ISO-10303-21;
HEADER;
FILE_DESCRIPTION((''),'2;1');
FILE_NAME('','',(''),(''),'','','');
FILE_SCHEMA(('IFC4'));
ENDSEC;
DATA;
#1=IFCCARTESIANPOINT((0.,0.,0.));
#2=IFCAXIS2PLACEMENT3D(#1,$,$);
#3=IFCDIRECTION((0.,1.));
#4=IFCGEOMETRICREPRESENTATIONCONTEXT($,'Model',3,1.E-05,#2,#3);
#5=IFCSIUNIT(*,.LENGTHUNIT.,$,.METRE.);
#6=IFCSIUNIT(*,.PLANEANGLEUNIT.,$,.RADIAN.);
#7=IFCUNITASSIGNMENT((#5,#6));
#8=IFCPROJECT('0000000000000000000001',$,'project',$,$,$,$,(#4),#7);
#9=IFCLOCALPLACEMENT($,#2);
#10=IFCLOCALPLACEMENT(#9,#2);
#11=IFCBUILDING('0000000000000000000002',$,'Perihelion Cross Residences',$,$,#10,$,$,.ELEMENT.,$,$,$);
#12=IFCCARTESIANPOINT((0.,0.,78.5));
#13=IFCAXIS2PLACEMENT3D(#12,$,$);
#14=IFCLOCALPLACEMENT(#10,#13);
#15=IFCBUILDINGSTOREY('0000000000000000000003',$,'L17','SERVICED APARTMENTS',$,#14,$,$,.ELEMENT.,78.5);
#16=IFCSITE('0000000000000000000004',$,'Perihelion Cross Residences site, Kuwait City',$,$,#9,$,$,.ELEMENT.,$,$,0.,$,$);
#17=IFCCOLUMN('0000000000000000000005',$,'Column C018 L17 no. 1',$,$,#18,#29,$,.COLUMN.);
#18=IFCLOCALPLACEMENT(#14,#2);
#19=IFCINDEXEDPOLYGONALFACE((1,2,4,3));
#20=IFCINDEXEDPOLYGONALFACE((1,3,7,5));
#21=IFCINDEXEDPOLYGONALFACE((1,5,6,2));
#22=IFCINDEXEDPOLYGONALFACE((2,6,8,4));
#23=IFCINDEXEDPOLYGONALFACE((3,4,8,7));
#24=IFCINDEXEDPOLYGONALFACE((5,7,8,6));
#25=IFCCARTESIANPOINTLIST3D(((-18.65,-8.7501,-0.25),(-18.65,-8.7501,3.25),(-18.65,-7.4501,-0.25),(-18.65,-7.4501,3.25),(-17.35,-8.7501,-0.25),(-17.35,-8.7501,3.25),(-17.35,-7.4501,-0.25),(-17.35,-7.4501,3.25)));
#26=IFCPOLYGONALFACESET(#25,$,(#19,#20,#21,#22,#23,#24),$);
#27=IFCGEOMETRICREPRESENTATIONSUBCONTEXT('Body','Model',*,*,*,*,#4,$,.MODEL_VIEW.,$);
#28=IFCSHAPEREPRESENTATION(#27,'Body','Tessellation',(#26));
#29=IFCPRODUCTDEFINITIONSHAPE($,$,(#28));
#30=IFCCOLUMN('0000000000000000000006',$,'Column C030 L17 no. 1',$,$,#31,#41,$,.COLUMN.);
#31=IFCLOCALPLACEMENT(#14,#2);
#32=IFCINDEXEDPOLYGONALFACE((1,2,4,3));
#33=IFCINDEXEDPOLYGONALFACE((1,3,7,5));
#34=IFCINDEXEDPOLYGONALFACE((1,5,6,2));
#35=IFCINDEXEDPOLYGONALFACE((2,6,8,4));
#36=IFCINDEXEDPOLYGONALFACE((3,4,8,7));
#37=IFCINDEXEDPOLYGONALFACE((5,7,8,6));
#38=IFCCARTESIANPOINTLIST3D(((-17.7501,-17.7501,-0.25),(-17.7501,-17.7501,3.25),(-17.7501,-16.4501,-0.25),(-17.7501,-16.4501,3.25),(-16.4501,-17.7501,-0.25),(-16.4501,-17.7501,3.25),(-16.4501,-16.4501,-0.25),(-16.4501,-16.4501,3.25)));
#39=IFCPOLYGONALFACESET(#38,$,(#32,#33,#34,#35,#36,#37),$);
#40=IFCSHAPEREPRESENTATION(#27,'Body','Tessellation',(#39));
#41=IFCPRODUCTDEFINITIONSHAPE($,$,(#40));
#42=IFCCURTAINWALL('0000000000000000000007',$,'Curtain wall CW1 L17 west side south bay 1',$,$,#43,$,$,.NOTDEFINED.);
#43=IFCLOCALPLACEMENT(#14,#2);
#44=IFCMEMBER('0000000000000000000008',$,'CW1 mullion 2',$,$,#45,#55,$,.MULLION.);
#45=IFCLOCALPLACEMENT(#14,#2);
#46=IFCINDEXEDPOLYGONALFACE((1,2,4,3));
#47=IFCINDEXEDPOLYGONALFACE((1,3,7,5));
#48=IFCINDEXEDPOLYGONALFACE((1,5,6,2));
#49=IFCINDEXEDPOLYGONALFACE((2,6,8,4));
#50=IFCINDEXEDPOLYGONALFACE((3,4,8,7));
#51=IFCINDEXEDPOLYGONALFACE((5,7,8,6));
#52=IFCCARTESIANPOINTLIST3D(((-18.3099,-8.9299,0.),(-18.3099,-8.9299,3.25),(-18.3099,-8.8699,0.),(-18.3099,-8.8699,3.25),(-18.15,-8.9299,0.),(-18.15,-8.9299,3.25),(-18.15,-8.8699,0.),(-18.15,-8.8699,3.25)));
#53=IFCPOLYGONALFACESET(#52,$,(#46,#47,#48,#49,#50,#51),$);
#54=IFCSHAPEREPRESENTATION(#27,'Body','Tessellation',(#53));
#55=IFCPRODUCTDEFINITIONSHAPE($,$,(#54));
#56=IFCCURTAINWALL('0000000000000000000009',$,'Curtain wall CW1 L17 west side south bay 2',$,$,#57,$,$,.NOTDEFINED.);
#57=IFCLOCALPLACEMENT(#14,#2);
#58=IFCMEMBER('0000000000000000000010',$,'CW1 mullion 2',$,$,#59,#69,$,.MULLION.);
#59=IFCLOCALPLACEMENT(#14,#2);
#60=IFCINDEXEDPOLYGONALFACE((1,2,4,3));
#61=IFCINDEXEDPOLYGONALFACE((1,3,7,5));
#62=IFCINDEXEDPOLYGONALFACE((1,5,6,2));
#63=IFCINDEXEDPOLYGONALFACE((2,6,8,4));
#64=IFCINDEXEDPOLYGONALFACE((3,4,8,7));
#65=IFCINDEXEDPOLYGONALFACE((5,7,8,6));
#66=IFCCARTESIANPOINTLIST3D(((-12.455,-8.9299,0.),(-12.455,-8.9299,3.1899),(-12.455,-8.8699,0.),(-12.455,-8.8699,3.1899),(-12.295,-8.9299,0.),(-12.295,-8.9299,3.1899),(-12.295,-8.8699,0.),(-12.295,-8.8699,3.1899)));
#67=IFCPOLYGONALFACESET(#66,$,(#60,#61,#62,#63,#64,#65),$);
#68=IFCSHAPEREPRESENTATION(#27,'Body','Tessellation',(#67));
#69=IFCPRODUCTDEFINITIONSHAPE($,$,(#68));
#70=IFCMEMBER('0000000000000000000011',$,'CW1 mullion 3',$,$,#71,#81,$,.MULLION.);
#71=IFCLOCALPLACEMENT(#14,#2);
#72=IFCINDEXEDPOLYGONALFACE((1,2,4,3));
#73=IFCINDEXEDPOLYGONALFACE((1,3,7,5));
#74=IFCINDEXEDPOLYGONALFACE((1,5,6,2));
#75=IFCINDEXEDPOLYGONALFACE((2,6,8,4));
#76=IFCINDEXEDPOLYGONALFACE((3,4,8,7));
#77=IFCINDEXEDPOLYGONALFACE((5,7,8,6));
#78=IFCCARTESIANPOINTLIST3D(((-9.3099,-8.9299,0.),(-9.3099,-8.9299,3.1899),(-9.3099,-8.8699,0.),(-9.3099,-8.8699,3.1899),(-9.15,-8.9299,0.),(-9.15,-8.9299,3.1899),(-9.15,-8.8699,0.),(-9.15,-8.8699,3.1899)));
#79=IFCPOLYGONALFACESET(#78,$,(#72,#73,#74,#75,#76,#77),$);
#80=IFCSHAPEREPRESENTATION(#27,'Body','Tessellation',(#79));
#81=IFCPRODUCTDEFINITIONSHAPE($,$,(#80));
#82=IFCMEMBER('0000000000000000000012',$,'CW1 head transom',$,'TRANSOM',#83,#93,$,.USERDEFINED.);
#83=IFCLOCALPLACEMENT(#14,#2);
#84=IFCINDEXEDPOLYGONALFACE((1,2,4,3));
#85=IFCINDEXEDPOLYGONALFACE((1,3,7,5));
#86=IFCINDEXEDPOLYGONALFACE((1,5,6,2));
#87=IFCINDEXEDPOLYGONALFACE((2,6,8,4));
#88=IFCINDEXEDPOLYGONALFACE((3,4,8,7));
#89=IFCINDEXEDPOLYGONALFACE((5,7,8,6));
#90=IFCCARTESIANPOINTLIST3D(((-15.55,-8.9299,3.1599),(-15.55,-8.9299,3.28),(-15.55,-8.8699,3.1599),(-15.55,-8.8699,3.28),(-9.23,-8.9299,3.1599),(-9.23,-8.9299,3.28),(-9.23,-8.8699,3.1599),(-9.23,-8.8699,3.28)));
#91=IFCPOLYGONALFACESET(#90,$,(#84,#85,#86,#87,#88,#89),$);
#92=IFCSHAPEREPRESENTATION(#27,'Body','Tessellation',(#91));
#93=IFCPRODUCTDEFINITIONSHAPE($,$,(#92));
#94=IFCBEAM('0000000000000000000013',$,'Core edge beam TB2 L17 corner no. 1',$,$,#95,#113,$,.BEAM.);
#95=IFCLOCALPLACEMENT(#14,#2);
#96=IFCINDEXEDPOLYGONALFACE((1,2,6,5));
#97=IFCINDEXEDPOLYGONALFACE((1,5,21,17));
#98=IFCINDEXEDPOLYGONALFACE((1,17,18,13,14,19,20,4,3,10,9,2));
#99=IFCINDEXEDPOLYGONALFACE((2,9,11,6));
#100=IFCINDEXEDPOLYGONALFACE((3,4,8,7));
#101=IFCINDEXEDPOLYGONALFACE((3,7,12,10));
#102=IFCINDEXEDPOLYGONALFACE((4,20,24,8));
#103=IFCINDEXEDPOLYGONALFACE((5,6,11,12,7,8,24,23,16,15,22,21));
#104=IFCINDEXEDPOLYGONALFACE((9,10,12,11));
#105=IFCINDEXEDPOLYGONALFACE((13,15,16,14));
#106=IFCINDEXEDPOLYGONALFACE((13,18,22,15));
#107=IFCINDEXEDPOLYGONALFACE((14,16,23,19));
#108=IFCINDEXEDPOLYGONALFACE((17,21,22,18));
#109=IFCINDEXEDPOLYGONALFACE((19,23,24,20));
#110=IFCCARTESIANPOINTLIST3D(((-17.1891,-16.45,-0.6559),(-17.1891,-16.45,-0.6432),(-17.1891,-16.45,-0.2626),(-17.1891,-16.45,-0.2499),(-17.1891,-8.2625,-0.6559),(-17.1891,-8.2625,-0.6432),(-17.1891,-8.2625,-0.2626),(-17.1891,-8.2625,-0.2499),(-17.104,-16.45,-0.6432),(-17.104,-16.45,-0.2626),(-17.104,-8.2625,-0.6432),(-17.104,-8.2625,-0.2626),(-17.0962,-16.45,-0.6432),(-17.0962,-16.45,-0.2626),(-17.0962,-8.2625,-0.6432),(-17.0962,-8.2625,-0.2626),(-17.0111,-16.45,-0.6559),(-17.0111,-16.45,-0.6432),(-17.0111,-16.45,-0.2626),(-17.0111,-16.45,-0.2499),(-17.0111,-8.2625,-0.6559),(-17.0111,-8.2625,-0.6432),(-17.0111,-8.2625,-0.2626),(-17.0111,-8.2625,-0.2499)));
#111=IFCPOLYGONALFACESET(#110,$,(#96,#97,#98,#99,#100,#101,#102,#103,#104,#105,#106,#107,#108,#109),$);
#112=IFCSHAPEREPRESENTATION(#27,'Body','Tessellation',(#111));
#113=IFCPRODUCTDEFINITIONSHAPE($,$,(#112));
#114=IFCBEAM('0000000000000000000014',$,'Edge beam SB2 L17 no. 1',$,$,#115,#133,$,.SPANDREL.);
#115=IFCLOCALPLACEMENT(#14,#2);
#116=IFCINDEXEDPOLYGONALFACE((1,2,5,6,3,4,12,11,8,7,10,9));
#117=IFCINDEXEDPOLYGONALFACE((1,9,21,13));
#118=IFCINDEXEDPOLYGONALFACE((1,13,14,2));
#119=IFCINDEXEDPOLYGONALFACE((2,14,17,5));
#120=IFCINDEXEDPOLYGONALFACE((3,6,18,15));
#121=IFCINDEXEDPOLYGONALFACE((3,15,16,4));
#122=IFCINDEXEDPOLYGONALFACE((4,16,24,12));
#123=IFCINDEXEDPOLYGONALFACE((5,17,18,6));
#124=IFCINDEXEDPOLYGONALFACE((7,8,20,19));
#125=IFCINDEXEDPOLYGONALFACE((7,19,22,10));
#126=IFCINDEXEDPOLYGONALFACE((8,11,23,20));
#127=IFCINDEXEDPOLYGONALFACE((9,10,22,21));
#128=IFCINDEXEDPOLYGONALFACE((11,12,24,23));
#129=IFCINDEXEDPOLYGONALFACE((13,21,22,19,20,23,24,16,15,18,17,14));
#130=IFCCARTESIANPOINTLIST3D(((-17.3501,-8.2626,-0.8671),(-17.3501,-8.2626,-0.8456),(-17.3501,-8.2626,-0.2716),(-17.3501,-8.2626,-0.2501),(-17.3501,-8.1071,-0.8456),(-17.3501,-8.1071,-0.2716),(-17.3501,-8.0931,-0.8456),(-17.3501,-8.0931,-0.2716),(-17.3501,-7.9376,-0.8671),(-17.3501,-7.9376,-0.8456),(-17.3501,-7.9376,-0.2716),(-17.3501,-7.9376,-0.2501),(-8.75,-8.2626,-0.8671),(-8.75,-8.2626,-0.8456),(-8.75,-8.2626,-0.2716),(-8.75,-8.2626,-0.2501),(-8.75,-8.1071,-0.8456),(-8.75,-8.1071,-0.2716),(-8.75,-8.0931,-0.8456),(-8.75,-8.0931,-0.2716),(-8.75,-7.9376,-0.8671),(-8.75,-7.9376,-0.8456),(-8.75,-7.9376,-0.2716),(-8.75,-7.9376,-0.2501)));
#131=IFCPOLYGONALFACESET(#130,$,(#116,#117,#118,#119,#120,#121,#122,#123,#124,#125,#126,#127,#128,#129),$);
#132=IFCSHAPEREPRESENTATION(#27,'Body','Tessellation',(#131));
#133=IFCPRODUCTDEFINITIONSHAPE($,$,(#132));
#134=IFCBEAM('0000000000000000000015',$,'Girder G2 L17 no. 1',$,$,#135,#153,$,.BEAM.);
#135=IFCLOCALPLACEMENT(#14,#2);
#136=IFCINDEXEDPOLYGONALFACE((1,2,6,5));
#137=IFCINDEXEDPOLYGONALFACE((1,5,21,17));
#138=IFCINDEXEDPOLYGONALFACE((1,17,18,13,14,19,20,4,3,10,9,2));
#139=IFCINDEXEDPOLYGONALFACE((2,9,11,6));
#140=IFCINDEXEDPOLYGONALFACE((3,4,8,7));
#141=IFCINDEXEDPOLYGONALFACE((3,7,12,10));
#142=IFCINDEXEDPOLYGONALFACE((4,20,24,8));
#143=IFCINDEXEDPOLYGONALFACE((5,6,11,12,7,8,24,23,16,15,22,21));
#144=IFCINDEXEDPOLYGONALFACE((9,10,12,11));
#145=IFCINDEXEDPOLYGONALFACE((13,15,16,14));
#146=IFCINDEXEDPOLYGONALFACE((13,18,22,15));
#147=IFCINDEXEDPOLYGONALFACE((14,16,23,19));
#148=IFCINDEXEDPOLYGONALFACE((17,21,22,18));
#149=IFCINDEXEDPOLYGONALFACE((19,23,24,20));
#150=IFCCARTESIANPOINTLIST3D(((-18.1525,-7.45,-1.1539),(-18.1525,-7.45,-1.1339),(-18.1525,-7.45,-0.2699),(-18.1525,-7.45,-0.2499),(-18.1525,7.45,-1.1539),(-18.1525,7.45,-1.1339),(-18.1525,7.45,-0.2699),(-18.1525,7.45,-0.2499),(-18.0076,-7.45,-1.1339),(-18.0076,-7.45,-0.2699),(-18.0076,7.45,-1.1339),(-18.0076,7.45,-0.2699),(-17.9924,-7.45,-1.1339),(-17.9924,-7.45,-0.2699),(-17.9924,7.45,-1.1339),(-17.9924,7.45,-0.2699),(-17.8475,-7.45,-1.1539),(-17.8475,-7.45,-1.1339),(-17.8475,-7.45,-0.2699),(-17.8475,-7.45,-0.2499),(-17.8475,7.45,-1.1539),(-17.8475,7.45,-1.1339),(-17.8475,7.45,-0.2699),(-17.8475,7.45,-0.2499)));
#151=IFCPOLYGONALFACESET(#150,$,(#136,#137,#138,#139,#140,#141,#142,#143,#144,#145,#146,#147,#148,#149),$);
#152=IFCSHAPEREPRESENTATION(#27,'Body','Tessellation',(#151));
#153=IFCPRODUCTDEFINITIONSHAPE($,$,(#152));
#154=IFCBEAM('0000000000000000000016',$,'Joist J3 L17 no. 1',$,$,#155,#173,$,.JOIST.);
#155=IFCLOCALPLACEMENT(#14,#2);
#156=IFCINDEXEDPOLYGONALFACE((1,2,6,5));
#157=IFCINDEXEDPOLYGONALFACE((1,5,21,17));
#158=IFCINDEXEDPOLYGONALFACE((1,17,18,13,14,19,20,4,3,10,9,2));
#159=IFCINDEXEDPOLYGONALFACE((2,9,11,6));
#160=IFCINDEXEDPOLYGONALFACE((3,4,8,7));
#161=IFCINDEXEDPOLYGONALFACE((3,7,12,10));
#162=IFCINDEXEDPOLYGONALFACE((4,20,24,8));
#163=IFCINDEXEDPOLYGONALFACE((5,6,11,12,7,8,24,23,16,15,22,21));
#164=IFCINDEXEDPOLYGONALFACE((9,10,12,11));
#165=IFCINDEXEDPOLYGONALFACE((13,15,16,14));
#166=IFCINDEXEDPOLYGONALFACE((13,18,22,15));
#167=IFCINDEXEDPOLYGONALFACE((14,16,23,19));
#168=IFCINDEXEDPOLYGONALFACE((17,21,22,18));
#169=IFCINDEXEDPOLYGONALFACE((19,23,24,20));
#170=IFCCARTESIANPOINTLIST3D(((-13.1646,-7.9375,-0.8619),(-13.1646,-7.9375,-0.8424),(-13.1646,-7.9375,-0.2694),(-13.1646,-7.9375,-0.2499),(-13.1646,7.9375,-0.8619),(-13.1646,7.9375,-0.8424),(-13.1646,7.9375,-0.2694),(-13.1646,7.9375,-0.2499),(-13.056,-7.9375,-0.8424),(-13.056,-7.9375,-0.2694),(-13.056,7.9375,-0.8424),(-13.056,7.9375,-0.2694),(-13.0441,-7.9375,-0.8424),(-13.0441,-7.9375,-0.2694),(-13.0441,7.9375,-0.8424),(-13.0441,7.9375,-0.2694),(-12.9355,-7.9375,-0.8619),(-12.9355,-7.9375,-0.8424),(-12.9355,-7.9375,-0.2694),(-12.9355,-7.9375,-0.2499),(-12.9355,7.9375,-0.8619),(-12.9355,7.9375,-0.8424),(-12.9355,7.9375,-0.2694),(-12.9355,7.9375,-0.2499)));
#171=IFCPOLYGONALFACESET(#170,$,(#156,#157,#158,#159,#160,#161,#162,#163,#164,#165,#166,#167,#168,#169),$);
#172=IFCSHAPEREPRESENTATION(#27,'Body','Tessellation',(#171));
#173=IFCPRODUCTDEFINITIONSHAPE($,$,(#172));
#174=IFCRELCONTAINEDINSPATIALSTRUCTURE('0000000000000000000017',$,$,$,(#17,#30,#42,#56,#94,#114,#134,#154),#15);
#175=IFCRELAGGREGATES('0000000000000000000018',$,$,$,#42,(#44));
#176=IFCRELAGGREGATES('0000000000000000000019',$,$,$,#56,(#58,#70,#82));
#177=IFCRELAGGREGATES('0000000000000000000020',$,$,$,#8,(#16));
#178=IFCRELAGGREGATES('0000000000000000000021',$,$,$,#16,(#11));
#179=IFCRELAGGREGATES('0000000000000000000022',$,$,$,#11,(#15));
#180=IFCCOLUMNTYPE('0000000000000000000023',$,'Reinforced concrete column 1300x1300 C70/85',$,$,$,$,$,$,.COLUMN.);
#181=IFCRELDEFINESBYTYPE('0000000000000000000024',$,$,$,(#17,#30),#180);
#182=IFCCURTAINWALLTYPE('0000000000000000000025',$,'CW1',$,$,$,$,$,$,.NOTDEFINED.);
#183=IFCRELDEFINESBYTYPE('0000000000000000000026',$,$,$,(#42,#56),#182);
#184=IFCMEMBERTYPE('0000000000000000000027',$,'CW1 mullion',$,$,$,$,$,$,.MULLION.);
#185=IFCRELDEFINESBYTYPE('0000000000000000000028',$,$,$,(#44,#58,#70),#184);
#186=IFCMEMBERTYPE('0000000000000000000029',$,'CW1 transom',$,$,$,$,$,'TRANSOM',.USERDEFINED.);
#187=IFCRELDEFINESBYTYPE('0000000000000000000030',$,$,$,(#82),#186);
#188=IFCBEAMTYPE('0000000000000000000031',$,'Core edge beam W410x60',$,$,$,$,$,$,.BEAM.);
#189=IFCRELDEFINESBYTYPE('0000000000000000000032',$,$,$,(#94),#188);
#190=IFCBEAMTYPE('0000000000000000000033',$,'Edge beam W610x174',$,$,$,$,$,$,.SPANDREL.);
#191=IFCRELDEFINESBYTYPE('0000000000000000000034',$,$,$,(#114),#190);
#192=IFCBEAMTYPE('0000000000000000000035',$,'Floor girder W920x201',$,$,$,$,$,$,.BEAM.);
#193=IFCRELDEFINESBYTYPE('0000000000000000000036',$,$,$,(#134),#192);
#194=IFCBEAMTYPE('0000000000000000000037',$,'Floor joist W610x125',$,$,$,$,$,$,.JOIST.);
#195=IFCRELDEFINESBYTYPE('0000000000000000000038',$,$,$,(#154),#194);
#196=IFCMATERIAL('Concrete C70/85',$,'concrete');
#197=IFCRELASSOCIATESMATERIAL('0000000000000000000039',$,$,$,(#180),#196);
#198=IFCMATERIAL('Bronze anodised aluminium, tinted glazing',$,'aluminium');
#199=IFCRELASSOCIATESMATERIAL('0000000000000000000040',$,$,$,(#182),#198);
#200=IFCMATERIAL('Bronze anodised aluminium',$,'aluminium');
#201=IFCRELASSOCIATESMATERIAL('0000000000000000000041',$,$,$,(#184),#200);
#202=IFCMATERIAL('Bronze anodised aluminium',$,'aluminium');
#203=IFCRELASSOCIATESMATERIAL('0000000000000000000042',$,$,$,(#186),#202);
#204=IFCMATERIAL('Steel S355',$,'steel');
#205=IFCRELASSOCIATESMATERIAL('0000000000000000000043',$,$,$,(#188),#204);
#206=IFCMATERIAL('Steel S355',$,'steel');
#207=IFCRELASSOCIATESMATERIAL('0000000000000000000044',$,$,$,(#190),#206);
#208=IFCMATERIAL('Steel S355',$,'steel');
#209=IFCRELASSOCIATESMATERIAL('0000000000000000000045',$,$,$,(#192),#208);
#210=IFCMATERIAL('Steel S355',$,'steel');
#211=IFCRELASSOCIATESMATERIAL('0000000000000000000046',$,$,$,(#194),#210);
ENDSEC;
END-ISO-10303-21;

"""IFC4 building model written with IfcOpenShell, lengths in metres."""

from ifc_helpers import new_model, si_unit, direction, frame, origin, origin_2d, place, context, subcontext, project, spatial, rectangle, i_section, extrude, material, material_profile, profile_set, type_object, element, aggregate, save


model = new_model("IFC4")

# Units and contexts
model_context = context("Model", 3, precision=1e-05, world=origin(), true_north=direction((0.0, 1.0)))
body_context = subcontext(model_context, "Body", "Model", "MODEL_VIEW")
ifc_project = project(units=[si_unit("LENGTHUNIT", "METRE"), si_unit("PLANEANGLEUNIT", "RADIAN")], contexts=[model_context])

# Site, building, storey
site_placement = place(None, origin())
site = spatial("IfcSite", under=ifc_project, at=site_placement, Name="Perihelion Cross Residences site, Kuwait City", CompositionType="ELEMENT", RefElevation=0.0)
building_placement = place(site_placement, origin())
building = spatial("IfcBuilding", under=site, at=building_placement, Name="Perihelion Cross Residences", CompositionType="ELEMENT")
storey_placement = place(building_placement, frame((0.0, 0.0, 78.5)))
storey = spatial("IfcBuildingStorey", under=building, at=storey_placement, Name="L17", Description="SERVICED APARTMENTS", CompositionType="ELEMENT", Elevation=78.5)

# Columns
ifc_material_1 = material(Name="Concrete C70/85", Category="concrete")
ifc_material_profile_1 = material_profile(ifc_material_1, rectangle(XDim=1.3, YDim=1.3, at=origin_2d()), Name="RC 1300x1300")
ifc_profile_set_1 = profile_set([ifc_material_profile_1], Name="Concrete C70/85")
column_type = type_object("IfcColumnType", Name="Reinforced concrete column 1300x1300 C70/85", PredefinedType="COLUMN", material=ifc_profile_set_1)
for number, where, z_axis, x_axis, name in (
    (1, (-18.0, -8.1001, -0.25), (0.0, 0.0, 1.0), (1.0, 0.0, 0.0), "Column C018 L17 no. 1"),
    (2, (-17.1001, -17.1001, -0.25), (0.0, 0.0, 1.0), (1.0, 0.0, 0.0), "Column C030 L17 no. 1"),
):
    element("IfcColumn", number, at=place(storey_placement, frame(where, z_axis=z_axis, x_axis=x_axis)), inside=storey, type_object=column_type, Name=name, PredefinedType="COLUMN", context=body_context, shape_type="SweptSolid", body=[
        extrude(rectangle(XDim=1.3, YDim=1.3, at=origin_2d()), origin(), (0.0, 0.0, 1.0), 3.5),
    ])

# Curtain wall, member
ifc_material_2 = material(Name="Bronze anodised aluminium, tinted glazing", Category="aluminium")
curtain_wall_type = type_object("IfcCurtainWallType", Name="CW1", PredefinedType="NOTDEFINED", material=ifc_material_2)
curtain_wall_1_placement = place(storey_placement, origin())
curtain_wall_1 = element("IfcCurtainWall", 3, at=curtain_wall_1_placement, inside=storey, type_object=curtain_wall_type, Name="Curtain wall CW1 L17 west side south bay 1", PredefinedType="NOTDEFINED")
ifc_material_3 = material(Name="Bronze anodised aluminium", Category="aluminium")
ifc_material_profile_2 = material_profile(ifc_material_3, rectangle(XDim=0.0601, YDim=0.1599, at=origin_2d()), Name="CW1 mullion")
ifc_profile_set_2 = profile_set([ifc_material_profile_2], Name="Bronze anodised aluminium")
member_type_1 = type_object("IfcMemberType", Name="CW1 mullion", PredefinedType="MULLION", material=ifc_profile_set_2)
member_1_placement = place(storey_placement, frame((-18.23, -8.8999, 0.0), z_axis=(0.0, 0.0, 1.0), x_axis=(0.0, 1.0, 0.0)))
member_1 = element("IfcMember", 4, at=member_1_placement, type_object=member_type_1, Name="CW1 mullion 2", PredefinedType="MULLION", context=body_context, shape_type="SweptSolid", body=[
    extrude(rectangle(XDim=0.0601, YDim=0.1599, at=origin_2d()), origin(), (0.0, 0.0, 1.0), 3.25),
])

# Curtain wall, members
curtain_wall_2_placement = place(storey_placement, origin())
curtain_wall_2 = element("IfcCurtainWall", 5, at=curtain_wall_2_placement, inside=storey, type_object=curtain_wall_type, Name="Curtain wall CW1 L17 west side south bay 2", PredefinedType="NOTDEFINED")
member_2_placement = place(storey_placement, frame((-12.375, -8.8999, 0.0), z_axis=(0.0, 0.0, 1.0), x_axis=(0.0, 1.0, 0.0)))
member_2 = element("IfcMember", 6, at=member_2_placement, type_object=member_type_1, Name="CW1 mullion 2", PredefinedType="MULLION", context=body_context, shape_type="SweptSolid", body=[
    extrude(rectangle(XDim=0.0601, YDim=0.1599, at=origin_2d()), origin(), (0.0, 0.0, 1.0), 3.1899),
])
member_3_placement = place(storey_placement, frame((-9.23, -8.8999, 0.0), z_axis=(0.0, 0.0, 1.0), x_axis=(0.0, 1.0, 0.0)))
member_3 = element("IfcMember", 7, at=member_3_placement, type_object=member_type_1, Name="CW1 mullion 3", PredefinedType="MULLION", context=body_context, shape_type="SweptSolid", body=[
    extrude(rectangle(XDim=0.0601, YDim=0.1599, at=origin_2d()), origin(), (0.0, 0.0, 1.0), 3.1899),
])
ifc_material_4 = material(Name="Bronze anodised aluminium", Category="aluminium")
ifc_material_profile_3 = material_profile(ifc_material_4, rectangle(XDim=0.0601, YDim=0.1201, at=origin_2d()), Name="CW1 transom")
ifc_profile_set_3 = profile_set([ifc_material_profile_3], Name="Bronze anodised aluminium")
member_type_2 = type_object("IfcMemberType", Name="CW1 transom", ElementType="TRANSOM", PredefinedType="USERDEFINED", material=ifc_profile_set_3)
member_4_placement = place(storey_placement, frame((-15.55, -8.8999, 3.22), z_axis=(1.0, 0.0, 0.0), x_axis=(0.0, 1.0, 0.0)))
member_4 = element("IfcMember", 8, at=member_4_placement, type_object=member_type_2, Name="CW1 head transom", ObjectType="TRANSOM", PredefinedType="USERDEFINED", context=body_context, shape_type="SweptSolid", body=[
    extrude(rectangle(XDim=0.0601, YDim=0.1201, at=origin_2d()), origin(), (0.0, 0.0, 1.0), 6.3201),
])

# Beams
ifc_material_5 = material(Name="Steel S355", Category="steel")
ifc_material_profile_4 = material_profile(ifc_material_5, i_section(OverallWidth=0.178, OverallDepth=0.406, WebThickness=0.0078, FlangeThickness=0.0127, at=origin_2d()), Name="W410x60")
ifc_profile_set_4 = profile_set([ifc_material_profile_4], Name="Steel S355")
beam_type_1 = type_object("IfcBeamType", Name="Core edge beam W410x60", PredefinedType="BEAM", material=ifc_profile_set_4)
beam_1_placement = place(storey_placement, frame((-17.1001, -8.2625, -0.4529), z_axis=(0.0, -1.0, 0.0), x_axis=(1.0, 0.0, 0.0)))
element("IfcBeam", 9, at=beam_1_placement, inside=storey, type_object=beam_type_1, Name="Core edge beam TB2 L17 corner no. 1", PredefinedType="BEAM", context=body_context, shape_type="SweptSolid", body=[
    extrude(i_section(OverallWidth=0.178, OverallDepth=0.406, WebThickness=0.0078, FlangeThickness=0.0127, at=origin_2d()), origin(), (0.0, 0.0, 1.0), 8.1875),
])
ifc_material_6 = material(Name="Steel S355", Category="steel")
ifc_material_profile_5 = material_profile(ifc_material_6, i_section(OverallWidth=0.325, OverallDepth=0.6169, WebThickness=0.0139, FlangeThickness=0.0215, at=origin_2d()), Name="W610x174")
ifc_profile_set_5 = profile_set([ifc_material_profile_5], Name="Steel S355")
beam_type_2 = type_object("IfcBeamType", Name="Edge beam W610x174", PredefinedType="SPANDREL", material=ifc_profile_set_5)
beam_2_placement = place(storey_placement, frame((-17.3501, -8.1001, -0.5586), z_axis=(1.0, 0.0, 0.0), x_axis=(0.0, 1.0, 0.0)))
element("IfcBeam", 10, at=beam_2_placement, inside=storey, type_object=beam_type_2, Name="Edge beam SB2 L17 no. 1", PredefinedType="SPANDREL", context=body_context, shape_type="SweptSolid", body=[
    extrude(i_section(OverallWidth=0.325, OverallDepth=0.6169, WebThickness=0.0139, FlangeThickness=0.0215, at=origin_2d()), origin(), (0.0, 0.0, 1.0), 8.6001),
])
ifc_material_7 = material(Name="Steel S355", Category="steel")
ifc_material_profile_6 = material_profile(ifc_material_7, i_section(OverallWidth=0.3049, OverallDepth=0.9041, WebThickness=0.0151, FlangeThickness=0.02, at=origin_2d()), Name="W920x201")
ifc_profile_set_6 = profile_set([ifc_material_profile_6], Name="Steel S355")
beam_type_3 = type_object("IfcBeamType", Name="Floor girder W920x201", PredefinedType="BEAM", material=ifc_profile_set_6)
beam_3_placement = place(storey_placement, frame((-18.0, -7.45, -0.7019), z_axis=(0.0, 1.0, 0.0), x_axis=(-1.0, 0.0, 0.0)))
element("IfcBeam", 11, at=beam_3_placement, inside=storey, type_object=beam_type_3, Name="Girder G2 L17 no. 1", PredefinedType="BEAM", context=body_context, shape_type="SweptSolid", body=[
    extrude(i_section(OverallWidth=0.3049, OverallDepth=0.9041, WebThickness=0.0151, FlangeThickness=0.02, at=origin_2d()), origin(), (0.0, 0.0, 1.0), 14.8999),
])
ifc_material_8 = material(Name="Steel S355", Category="steel")
ifc_material_profile_7 = material_profile(ifc_material_8, i_section(OverallWidth=0.229, OverallDepth=0.6121, WebThickness=0.012, FlangeThickness=0.0195, at=origin_2d()), Name="W610x125")
ifc_profile_set_7 = profile_set([ifc_material_profile_7], Name="Steel S355")
beam_type_4 = type_object("IfcBeamType", Name="Floor joist W610x125", PredefinedType="JOIST", material=ifc_profile_set_7)
beam_4_placement = place(storey_placement, frame((-13.05, -7.9375, -0.5559), z_axis=(0.0, 1.0, 0.0), x_axis=(-1.0, 0.0, 0.0)))
element("IfcBeam", 12, at=beam_4_placement, inside=storey, type_object=beam_type_4, Name="Joist J3 L17 no. 1", PredefinedType="JOIST", context=body_context, shape_type="SweptSolid", body=[
    extrude(i_section(OverallWidth=0.229, OverallDepth=0.6121, WebThickness=0.012, FlangeThickness=0.0195, at=origin_2d()), origin(), (0.0, 0.0, 1.0), 15.875),
])

aggregate(curtain_wall_1, [member_1])
aggregate(curtain_wall_2, [member_2, member_3, member_4])

save(model, "model.ifc")
